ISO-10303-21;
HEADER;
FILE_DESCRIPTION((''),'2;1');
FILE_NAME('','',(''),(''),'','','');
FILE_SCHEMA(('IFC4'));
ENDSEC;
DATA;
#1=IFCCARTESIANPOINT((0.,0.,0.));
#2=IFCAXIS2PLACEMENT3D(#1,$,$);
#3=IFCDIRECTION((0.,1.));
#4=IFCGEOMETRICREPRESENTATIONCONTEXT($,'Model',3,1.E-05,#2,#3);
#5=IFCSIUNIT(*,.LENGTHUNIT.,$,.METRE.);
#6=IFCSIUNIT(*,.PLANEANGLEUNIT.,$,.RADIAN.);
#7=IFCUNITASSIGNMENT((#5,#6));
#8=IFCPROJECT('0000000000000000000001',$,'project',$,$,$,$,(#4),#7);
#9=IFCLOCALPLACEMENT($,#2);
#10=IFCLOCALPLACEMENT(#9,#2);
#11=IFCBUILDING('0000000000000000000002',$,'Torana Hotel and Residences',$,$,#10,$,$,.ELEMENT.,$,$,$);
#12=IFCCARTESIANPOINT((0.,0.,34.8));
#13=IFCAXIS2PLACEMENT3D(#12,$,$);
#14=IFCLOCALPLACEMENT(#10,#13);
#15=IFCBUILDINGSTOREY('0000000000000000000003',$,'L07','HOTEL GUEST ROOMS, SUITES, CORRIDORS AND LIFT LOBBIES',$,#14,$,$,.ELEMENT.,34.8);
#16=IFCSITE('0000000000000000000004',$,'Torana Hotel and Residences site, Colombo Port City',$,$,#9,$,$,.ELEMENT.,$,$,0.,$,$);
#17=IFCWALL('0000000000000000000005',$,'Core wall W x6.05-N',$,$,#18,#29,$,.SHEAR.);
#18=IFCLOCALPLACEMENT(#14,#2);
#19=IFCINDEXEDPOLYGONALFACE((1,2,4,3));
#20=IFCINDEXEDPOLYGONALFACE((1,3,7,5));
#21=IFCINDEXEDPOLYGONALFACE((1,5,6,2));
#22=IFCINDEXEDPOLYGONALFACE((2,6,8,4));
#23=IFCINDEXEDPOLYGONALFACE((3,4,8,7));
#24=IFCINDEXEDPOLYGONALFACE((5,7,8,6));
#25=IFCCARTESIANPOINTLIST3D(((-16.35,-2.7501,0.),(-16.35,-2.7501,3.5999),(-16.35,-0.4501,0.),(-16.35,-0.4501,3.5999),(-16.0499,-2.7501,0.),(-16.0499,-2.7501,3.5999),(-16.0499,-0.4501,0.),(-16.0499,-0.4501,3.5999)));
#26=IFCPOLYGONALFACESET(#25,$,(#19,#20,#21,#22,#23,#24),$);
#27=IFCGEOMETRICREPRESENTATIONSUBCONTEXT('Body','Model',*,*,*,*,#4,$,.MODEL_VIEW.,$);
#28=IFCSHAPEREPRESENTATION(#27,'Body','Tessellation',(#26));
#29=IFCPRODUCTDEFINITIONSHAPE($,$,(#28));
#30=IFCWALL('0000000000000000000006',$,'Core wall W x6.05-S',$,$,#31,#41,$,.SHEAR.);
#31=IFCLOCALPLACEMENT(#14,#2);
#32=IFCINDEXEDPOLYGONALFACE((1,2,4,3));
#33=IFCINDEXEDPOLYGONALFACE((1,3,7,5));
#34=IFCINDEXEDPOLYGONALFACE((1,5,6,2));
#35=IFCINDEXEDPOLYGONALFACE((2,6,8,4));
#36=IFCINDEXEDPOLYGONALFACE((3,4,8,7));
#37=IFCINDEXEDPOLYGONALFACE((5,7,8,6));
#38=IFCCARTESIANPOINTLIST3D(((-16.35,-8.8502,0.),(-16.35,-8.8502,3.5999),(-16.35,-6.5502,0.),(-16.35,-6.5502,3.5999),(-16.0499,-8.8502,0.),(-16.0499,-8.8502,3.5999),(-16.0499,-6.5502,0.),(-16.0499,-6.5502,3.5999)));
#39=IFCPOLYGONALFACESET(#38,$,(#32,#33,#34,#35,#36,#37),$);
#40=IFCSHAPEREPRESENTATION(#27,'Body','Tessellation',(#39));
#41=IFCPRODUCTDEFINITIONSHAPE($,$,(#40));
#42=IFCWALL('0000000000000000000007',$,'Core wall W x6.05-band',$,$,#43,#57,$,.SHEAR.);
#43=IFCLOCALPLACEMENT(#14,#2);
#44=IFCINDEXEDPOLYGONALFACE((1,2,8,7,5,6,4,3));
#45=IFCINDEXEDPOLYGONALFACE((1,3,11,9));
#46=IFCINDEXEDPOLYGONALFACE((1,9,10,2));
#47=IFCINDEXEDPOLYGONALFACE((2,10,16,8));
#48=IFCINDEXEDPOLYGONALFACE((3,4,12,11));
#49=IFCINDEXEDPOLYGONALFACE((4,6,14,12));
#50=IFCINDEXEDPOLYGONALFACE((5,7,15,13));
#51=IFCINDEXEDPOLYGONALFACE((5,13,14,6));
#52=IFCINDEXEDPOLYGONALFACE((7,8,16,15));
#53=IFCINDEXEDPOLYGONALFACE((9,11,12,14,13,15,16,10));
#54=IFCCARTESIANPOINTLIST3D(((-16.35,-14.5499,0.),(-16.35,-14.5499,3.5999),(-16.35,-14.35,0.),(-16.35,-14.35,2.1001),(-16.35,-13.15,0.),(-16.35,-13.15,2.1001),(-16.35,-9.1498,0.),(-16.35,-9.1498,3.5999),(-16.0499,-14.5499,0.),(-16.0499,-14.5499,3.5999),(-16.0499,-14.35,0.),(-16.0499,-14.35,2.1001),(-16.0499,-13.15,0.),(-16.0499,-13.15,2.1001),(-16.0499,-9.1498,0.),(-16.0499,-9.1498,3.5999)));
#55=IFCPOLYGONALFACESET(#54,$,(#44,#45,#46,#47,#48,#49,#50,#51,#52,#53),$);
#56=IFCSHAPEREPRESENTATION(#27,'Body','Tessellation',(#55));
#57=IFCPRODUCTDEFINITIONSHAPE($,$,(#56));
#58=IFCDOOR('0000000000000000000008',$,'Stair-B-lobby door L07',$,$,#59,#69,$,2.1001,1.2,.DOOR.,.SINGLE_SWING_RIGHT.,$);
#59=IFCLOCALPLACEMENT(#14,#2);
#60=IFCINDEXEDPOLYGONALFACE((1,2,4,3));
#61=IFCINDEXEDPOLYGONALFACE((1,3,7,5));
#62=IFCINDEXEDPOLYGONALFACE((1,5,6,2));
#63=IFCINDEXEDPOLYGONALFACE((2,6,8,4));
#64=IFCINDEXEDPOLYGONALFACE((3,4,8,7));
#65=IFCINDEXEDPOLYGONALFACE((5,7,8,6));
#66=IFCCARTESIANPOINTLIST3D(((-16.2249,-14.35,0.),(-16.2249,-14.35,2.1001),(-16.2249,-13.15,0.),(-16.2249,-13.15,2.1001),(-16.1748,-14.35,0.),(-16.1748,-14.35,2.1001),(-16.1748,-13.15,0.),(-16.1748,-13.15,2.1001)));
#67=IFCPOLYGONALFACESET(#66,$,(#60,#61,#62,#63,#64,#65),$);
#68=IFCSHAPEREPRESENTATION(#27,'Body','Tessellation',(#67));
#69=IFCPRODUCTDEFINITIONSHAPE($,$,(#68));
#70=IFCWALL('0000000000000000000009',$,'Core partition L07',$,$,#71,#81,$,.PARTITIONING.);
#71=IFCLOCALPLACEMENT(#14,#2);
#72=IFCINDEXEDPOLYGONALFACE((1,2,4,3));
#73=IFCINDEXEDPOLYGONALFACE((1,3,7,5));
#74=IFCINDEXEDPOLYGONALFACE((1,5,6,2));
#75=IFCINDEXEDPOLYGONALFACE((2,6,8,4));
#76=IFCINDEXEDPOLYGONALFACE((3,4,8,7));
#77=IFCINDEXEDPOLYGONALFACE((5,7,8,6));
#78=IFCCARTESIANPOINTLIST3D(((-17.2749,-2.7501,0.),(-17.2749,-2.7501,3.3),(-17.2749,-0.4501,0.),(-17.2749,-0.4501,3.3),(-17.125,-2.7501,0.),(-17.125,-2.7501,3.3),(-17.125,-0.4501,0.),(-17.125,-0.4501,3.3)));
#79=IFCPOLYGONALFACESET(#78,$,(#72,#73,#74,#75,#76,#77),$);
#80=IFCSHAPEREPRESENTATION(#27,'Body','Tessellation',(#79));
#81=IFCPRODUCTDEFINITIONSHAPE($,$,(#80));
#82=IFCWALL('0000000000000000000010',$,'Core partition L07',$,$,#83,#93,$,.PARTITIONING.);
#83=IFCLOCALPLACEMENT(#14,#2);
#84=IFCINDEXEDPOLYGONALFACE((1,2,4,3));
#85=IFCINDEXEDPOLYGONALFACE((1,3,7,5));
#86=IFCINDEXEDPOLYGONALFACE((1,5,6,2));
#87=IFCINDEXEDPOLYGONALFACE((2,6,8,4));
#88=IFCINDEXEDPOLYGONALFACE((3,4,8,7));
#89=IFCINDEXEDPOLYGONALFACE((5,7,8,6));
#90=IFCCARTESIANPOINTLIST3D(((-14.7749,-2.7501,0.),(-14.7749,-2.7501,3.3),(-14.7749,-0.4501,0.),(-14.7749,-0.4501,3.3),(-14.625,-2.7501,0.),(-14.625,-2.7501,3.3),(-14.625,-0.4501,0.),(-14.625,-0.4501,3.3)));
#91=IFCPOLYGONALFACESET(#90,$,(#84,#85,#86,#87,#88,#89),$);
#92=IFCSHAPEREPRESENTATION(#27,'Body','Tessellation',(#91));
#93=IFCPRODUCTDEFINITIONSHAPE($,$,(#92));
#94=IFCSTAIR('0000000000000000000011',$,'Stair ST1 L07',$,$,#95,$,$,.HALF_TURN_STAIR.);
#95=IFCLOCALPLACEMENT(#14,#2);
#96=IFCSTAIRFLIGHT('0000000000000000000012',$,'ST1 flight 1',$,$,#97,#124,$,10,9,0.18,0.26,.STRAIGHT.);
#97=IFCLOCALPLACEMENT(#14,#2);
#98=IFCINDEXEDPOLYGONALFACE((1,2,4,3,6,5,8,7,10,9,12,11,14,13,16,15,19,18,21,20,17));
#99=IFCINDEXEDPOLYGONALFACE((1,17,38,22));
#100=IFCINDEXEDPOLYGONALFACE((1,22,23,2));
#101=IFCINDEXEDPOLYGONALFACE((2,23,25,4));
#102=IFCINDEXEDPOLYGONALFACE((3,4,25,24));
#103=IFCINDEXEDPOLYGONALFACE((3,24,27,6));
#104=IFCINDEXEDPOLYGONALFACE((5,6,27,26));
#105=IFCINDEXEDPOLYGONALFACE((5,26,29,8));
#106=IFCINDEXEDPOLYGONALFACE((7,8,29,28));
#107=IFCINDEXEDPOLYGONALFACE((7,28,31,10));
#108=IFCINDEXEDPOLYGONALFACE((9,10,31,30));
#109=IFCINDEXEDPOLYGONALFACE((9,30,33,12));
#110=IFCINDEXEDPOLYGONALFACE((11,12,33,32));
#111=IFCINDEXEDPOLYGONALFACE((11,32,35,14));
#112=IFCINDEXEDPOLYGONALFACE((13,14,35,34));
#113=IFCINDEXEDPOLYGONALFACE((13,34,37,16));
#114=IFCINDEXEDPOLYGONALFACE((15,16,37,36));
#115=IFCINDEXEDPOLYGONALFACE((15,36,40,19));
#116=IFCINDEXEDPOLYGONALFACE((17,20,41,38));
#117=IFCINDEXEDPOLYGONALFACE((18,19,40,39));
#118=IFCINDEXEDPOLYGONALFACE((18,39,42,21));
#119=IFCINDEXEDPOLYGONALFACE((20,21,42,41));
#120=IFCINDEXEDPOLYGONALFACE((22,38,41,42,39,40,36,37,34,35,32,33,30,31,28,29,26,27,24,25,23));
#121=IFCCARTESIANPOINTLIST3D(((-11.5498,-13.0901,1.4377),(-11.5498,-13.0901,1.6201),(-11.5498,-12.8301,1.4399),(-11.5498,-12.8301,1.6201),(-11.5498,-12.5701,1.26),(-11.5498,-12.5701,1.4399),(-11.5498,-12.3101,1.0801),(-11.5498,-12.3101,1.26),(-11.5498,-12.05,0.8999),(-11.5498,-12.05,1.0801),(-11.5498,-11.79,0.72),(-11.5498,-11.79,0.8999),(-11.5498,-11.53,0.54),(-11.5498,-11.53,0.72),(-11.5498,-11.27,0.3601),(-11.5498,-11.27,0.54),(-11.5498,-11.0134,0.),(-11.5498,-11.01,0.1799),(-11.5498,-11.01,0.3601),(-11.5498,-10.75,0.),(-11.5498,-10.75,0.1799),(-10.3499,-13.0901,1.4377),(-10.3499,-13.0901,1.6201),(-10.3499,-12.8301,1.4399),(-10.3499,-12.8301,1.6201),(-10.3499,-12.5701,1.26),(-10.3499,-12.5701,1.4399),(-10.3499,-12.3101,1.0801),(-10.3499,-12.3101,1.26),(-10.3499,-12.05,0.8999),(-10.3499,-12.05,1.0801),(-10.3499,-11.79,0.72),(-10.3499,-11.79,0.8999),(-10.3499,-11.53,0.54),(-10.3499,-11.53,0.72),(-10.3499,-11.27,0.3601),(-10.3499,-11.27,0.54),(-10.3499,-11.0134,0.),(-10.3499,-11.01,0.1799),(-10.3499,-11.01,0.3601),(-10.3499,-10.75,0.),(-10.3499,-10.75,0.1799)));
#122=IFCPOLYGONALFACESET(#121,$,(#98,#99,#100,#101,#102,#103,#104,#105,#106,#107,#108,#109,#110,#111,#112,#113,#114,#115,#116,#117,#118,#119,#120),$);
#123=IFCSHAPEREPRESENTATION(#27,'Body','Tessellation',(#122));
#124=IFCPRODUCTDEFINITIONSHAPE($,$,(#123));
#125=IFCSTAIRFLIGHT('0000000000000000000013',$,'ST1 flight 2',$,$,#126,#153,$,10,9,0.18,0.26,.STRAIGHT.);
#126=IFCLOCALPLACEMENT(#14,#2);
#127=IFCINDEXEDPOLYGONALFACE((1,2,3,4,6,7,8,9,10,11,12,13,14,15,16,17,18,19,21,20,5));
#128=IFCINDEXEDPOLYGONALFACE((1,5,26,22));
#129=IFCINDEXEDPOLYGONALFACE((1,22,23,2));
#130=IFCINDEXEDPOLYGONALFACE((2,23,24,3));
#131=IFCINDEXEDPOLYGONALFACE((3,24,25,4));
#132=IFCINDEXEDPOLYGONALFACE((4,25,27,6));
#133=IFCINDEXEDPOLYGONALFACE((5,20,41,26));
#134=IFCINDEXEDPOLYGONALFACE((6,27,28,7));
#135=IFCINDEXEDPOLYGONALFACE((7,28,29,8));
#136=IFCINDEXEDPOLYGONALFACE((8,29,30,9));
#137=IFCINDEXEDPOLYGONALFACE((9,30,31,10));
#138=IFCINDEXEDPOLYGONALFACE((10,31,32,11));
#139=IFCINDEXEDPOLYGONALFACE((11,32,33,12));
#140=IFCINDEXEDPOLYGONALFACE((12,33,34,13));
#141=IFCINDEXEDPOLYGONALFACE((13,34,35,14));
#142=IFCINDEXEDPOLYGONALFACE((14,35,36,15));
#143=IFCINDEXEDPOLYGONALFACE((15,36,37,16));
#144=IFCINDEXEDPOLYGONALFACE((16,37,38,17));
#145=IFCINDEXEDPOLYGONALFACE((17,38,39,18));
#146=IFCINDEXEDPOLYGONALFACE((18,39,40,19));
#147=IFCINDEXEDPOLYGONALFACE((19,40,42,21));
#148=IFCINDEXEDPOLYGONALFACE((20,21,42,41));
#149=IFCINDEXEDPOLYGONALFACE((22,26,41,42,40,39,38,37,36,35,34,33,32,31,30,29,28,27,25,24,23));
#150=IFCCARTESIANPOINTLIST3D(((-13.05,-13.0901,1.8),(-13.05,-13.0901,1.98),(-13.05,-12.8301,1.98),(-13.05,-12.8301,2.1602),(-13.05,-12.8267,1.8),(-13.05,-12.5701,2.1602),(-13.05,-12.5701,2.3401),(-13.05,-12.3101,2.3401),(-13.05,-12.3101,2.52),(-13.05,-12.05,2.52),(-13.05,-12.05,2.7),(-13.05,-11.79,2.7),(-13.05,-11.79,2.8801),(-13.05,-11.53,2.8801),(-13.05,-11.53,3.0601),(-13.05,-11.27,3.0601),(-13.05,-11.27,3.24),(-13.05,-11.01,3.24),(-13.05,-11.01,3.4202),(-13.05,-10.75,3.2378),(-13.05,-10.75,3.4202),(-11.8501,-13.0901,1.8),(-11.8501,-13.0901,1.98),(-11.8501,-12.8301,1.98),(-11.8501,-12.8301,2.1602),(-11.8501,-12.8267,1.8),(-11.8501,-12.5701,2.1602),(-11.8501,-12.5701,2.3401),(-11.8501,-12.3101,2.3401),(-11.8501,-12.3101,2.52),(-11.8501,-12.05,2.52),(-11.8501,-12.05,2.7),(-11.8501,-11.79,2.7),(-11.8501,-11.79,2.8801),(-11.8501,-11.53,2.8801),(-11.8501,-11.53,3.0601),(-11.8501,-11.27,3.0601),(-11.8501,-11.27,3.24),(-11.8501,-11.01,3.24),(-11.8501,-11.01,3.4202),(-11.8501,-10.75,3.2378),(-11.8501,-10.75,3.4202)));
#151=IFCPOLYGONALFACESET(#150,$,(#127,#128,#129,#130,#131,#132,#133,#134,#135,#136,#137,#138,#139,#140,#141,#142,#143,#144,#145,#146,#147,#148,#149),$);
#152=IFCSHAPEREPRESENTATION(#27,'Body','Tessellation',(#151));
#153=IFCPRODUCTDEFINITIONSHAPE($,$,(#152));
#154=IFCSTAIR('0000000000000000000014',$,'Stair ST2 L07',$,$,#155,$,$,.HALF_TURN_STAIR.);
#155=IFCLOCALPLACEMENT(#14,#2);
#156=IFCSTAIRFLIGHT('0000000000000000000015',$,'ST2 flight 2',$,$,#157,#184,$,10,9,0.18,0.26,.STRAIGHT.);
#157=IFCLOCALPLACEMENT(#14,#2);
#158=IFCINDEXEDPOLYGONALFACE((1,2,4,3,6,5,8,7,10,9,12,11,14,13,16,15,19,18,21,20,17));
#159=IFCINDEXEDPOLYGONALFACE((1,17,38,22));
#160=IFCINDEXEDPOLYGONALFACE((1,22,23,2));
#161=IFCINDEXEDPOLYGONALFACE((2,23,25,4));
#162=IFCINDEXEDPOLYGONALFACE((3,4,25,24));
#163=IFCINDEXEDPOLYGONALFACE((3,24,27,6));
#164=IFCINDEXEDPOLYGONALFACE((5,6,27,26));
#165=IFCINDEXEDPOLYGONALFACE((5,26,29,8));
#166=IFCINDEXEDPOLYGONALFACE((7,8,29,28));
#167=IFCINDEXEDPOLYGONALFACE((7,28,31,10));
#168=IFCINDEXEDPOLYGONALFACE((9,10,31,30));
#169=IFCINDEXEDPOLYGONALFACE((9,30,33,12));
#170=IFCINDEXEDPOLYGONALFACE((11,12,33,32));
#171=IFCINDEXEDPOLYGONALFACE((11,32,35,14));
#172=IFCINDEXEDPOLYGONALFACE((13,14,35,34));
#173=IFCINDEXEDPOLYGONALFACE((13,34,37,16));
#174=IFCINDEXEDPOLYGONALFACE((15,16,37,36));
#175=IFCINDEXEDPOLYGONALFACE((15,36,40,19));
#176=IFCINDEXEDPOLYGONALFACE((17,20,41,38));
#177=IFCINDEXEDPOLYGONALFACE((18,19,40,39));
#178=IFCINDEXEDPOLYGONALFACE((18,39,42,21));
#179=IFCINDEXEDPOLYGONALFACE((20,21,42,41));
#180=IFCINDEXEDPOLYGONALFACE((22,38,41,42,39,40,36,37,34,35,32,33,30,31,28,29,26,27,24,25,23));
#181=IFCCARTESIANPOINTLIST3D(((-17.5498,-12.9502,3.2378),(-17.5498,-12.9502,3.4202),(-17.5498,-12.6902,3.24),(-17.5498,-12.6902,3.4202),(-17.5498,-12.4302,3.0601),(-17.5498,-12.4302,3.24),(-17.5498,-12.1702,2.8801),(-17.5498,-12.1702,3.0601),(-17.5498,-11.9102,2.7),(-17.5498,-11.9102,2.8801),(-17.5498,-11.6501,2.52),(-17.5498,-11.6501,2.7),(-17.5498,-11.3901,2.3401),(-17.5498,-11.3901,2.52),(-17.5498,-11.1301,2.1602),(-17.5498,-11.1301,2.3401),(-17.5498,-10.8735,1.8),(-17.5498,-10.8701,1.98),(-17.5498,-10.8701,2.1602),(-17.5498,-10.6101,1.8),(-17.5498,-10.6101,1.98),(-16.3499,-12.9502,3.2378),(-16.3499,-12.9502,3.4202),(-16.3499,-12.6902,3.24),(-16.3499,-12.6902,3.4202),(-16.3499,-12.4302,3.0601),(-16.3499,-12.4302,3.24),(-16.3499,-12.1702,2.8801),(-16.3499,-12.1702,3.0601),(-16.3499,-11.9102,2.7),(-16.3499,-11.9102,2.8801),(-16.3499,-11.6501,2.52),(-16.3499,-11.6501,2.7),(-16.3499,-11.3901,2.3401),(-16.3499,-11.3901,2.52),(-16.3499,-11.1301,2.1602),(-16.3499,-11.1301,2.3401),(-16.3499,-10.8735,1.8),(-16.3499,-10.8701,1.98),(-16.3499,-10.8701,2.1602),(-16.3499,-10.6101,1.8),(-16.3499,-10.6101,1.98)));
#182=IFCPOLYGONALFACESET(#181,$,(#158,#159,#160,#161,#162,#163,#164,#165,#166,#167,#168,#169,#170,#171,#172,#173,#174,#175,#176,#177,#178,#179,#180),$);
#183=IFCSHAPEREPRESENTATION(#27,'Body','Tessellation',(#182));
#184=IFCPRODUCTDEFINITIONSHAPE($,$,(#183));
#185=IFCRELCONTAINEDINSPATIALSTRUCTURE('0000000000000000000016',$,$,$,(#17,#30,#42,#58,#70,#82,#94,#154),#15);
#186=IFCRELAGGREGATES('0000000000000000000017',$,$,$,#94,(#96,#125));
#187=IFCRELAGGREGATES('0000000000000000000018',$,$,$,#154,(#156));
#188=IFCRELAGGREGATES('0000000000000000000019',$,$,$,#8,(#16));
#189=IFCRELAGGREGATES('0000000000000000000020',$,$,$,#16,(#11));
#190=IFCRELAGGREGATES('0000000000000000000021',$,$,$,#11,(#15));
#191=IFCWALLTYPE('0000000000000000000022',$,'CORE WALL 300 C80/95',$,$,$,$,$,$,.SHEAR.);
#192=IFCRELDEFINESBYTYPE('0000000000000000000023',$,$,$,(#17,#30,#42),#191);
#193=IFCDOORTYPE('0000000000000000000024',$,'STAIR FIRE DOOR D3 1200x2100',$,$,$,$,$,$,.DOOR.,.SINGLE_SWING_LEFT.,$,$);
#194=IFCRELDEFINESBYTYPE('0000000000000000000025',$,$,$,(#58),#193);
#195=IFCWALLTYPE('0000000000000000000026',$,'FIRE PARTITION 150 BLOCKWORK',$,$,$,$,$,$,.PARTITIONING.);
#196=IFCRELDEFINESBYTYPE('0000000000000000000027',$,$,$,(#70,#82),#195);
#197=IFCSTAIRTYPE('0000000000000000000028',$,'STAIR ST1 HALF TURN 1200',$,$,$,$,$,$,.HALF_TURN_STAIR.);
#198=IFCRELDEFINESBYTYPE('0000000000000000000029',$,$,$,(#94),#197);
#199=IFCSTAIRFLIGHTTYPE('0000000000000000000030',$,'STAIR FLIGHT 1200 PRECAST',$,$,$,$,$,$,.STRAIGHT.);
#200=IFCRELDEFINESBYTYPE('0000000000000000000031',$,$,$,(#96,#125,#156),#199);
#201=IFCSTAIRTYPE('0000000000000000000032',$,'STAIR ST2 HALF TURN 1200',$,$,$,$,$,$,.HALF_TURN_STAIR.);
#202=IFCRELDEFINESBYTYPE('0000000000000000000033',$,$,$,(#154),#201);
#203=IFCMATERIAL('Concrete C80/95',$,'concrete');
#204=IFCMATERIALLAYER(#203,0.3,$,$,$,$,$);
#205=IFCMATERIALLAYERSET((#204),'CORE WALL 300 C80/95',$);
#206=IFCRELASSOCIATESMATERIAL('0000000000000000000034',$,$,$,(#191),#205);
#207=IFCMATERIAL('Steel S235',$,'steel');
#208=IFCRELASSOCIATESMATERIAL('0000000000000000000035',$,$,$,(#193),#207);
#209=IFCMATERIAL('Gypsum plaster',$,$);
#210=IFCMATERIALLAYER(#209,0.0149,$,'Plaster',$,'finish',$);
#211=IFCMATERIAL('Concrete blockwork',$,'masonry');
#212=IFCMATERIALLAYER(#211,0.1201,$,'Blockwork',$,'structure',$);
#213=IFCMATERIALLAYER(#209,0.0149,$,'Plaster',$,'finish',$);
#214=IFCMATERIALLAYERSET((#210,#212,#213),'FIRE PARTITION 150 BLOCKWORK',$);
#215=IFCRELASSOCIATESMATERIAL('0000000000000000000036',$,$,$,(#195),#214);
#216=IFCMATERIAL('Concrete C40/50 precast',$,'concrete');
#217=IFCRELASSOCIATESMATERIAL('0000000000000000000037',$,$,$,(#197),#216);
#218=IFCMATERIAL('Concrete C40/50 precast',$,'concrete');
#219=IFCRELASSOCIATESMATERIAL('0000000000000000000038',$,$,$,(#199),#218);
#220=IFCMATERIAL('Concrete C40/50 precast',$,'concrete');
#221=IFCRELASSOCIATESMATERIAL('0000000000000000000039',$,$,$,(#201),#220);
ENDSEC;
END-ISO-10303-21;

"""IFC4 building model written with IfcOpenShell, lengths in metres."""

from ifc_helpers import new_model, si_unit, direction, frame, frame_2d, origin, place, context, subcontext, project, spatial, polyline, rectangle, outline, extrude, material, layer, layer_set, type_object, element, fill, aggregate, save


model = new_model("IFC4")

# Units and contexts
model_context = context("Model", 3, precision=1e-05, world=origin(), true_north=direction((0.0, 1.0)))
body_context = subcontext(model_context, "Body", "Model", "MODEL_VIEW")
ifc_project = project(units=[si_unit("LENGTHUNIT", "METRE"), si_unit("PLANEANGLEUNIT", "RADIAN")], contexts=[model_context])

# Site, building, storey
site_placement = place(None, origin())
site = spatial("IfcSite", under=ifc_project, at=site_placement, Name="Torana Hotel and Residences site, Colombo Port City", CompositionType="ELEMENT", RefElevation=0.0)
building_placement = place(site_placement, origin())
building = spatial("IfcBuilding", under=site, at=building_placement, Name="Torana Hotel and Residences", CompositionType="ELEMENT")
storey_placement = place(building_placement, frame((0.0, 0.0, 34.8)))
storey = spatial("IfcBuildingStorey", under=building, at=storey_placement, Name="L07", Description="HOTEL GUEST ROOMS, SUITES, CORRIDORS AND LIFT LOBBIES", CompositionType="ELEMENT", Elevation=34.8)

# Shared definitions
ifc_material_1 = material(Name="Concrete C80/95", Category="concrete")
ifc_layer_1 = layer(ifc_material_1, 0.3)
ifc_layer_set_1 = layer_set([ifc_layer_1], Name="CORE WALL 300 C80/95")
wall_type_1 = type_object("IfcWallType", Name="CORE WALL 300 C80/95", PredefinedType="SHEAR", material=ifc_layer_set_1)

# Shared definitions
ifc_material_2 = material(Name="Steel S235", Category="steel")
door_type_1 = type_object("IfcDoorType", Name="STAIR FIRE DOOR D3 1200x2100", OperationType="SINGLE_SWING_LEFT", PredefinedType="DOOR", material=ifc_material_2)

# Walls
for number, where, z_axis, x_axis, name in (
    (1, (-16.2, -2.75, 0.0), (0.0, 0.0, 1.0), (0.0, 1.0, 0.0), "Core wall W x6.05-N"),
    (2, (-16.2, -8.8501, 0.0), (0.0, 0.0, 1.0), (0.0, 1.0, 0.0), "Core wall W x6.05-S"),
):
    element("IfcWall", number, at=place(storey_placement, frame(where, z_axis=z_axis, x_axis=x_axis)), inside=storey, type_object=wall_type_1, Name=name, PredefinedType="SHEAR", context=body_context, shape_type="SweptSolid", body=[
        extrude(rectangle(XDim=2.3, YDim=0.3, at=frame_2d((1.1499, 0.0))), origin(), (0.0, 0.0, 1.0), 3.5999),
    ])

# Wall, opening, door
wall_1_placement = place(storey_placement, frame((-16.2, -14.55, 0.0), z_axis=(0.0, 0.0, 1.0), x_axis=(0.0, 1.0, 0.0)))
wall_1 = element("IfcWall", 3, at=wall_1_placement, inside=storey, type_object=wall_type_1, Name="Core wall W x6.05-band", PredefinedType="SHEAR", context=body_context, shape_type="SweptSolid", body=[
    extrude(rectangle(XDim=5.4001, YDim=0.3, at=frame_2d((2.7002, 0.0))), origin(), (0.0, 0.0, 1.0), 3.5999),
])
opening_1_placement = place(wall_1_placement, frame((0.2, 0.0, 0.0)))
opening_1 = element("IfcOpeningElement", 4, at=opening_1_placement, cuts=wall_1, PredefinedType="OPENING", context=body_context, shape_type="SweptSolid", body=[
    extrude(rectangle(XDim=1.2, YDim=2.1001, at=frame_2d((0.6001, 1.05))), frame((0.0, 0.1599, 0.0), z_axis=(0.0, -1.0, 0.0), x_axis=(1.0, 0.0, 0.0)), (0.0, 0.0, 1.0), 0.3201),
])
door_1_placement = place(opening_1_placement, origin())
door_1 = element("IfcDoor", 5, at=door_1_placement, inside=storey, type_object=door_type_1, Name="Stair-B-lobby door L07", OperationType="SINGLE_SWING_RIGHT", OverallHeight=2.1001, OverallWidth=1.2, PredefinedType="DOOR", context=body_context, shape_type="SweptSolid", body=[
    extrude(rectangle(XDim=1.2, YDim=2.1001, at=frame_2d((0.6001, 1.05))), frame((0.0, 0.0249, 0.0), z_axis=(0.0, -1.0, 0.0), x_axis=(1.0, 0.0, 0.0)), (0.0, 0.0, 1.0), 0.05),
])
fill(opening_1, door_1)

# Walls
ifc_material_3 = material(Name="Gypsum plaster")
ifc_layer_2 = layer(ifc_material_3, 0.0149, Name="Plaster", Category="finish")
ifc_material_4 = material(Name="Concrete blockwork", Category="masonry")
ifc_layer_3 = layer(ifc_material_4, 0.1201, Name="Blockwork", Category="structure")
ifc_layer_4 = layer(ifc_material_3, 0.0149, Name="Plaster", Category="finish")
ifc_layer_set_2 = layer_set([ifc_layer_2, ifc_layer_3, ifc_layer_4], Name="FIRE PARTITION 150 BLOCKWORK")
wall_type_2 = type_object("IfcWallType", Name="FIRE PARTITION 150 BLOCKWORK", PredefinedType="PARTITIONING", material=ifc_layer_set_2)
for number, where, z_axis, x_axis, name in (
    (6, (-17.2, -2.75, 0.0), (0.0, 0.0, 1.0), (0.0, 1.0, 0.0), "Core partition L07"),
    (7, (-14.7, -2.75, 0.0), (0.0, 0.0, 1.0), (0.0, 1.0, 0.0), "Core partition L07"),
):
    element("IfcWall", number, at=place(storey_placement, frame(where, z_axis=z_axis, x_axis=x_axis)), inside=storey, type_object=wall_type_2, Name=name, PredefinedType="PARTITIONING", context=body_context, shape_type="SweptSolid", body=[
        extrude(rectangle(XDim=2.3, YDim=0.1499, at=frame_2d((1.1499, 0.0))), origin(), (0.0, 0.0, 1.0), 3.3),
    ])

# Stair, stair flights
ifc_material_5 = material(Name="Concrete C40/50 precast", Category="concrete")
stair_type_1 = type_object("IfcStairType", Name="STAIR ST1 HALF TURN 1200", PredefinedType="HALF_TURN_STAIR", material=ifc_material_5)
stair_1_placement = place(storey_placement, origin())
stair_1 = element("IfcStair", 8, at=stair_1_placement, inside=storey, type_object=stair_type_1, Name="Stair ST1 L07", PredefinedType="HALF_TURN_STAIR")
ifc_material_6 = material(Name="Concrete C40/50 precast", Category="concrete")
stair_flight_type = type_object("IfcStairFlightType", Name="STAIR FLIGHT 1200 PRECAST", PredefinedType="STRAIGHT", material=ifc_material_6)
stair_flight_1_placement = place(storey_placement, frame((-10.95, -10.75, 0.0), z_axis=(0.0, 0.0, 1.0), x_axis=(0.0, -1.0, 0.0)))
stair_flight_1 = element("IfcStairFlight", 9, at=stair_flight_1_placement, type_object=stair_flight_type, Name="ST1 flight 1", NumberOfRisers=10, NumberOfTreads=9, PredefinedType="STRAIGHT", RiserHeight=0.18, TreadLength=0.26, context=body_context, shape_type="SweptSolid", body=[
    extrude(outline(polyline([(0.0, 0.0), (0.0, 0.1799), (0.26, 0.1799), (0.26, 0.3601), (0.52, 0.3601), (0.52, 0.54), (0.78, 0.54), (0.78, 0.72), (1.04, 0.72), (1.04, 0.8999), (1.3, 0.8999), (1.3, 1.0801), (1.5601, 1.0801), (1.5601, 1.26), (1.8201, 1.26), (1.8201, 1.4399), (2.0801, 1.4399), (2.0801, 1.6201), (2.3401, 1.6201), (2.3401, 1.8), (2.3401, 1.4377), (0.2634, 0.0), (0.0, 0.0)])), frame((0.0, 0.6001, 0.0), z_axis=(0.0, -1.0, 0.0), x_axis=(1.0, 0.0, 0.0)), (0.0, 0.0, 1.0), 1.2),
])
stair_flight_2_placement = place(storey_placement, frame((-12.45, -13.0901, 1.8), z_axis=(0.0, 0.0, 1.0), x_axis=(0.0, 1.0, 0.0)))
stair_flight_2 = element("IfcStairFlight", 10, at=stair_flight_2_placement, type_object=stair_flight_type, Name="ST1 flight 2", NumberOfRisers=10, NumberOfTreads=9, PredefinedType="STRAIGHT", RiserHeight=0.18, TreadLength=0.26, context=body_context, shape_type="SweptSolid", body=[
    extrude(outline(polyline([(0.0, 0.0), (0.0, 0.1799), (0.26, 0.1799), (0.26, 0.3601), (0.52, 0.3601), (0.52, 0.54), (0.78, 0.54), (0.78, 0.72), (1.04, 0.72), (1.04, 0.8999), (1.3, 0.8999), (1.3, 1.0801), (1.5601, 1.0801), (1.5601, 1.26), (1.8201, 1.26), (1.8201, 1.4399), (2.0801, 1.4399), (2.0801, 1.6201), (2.3401, 1.6201), (2.3401, 1.8), (2.3401, 1.4377), (0.2634, 0.0), (0.0, 0.0)])), frame((0.0, 0.6001, 0.0), z_axis=(0.0, -1.0, 0.0), x_axis=(1.0, 0.0, 0.0)), (0.0, 0.0, 1.0), 1.2),
])
aggregate(stair_1, [stair_flight_1, stair_flight_2])

# Stair, stair flight
ifc_material_7 = material(Name="Concrete C40/50 precast", Category="concrete")
stair_type_2 = type_object("IfcStairType", Name="STAIR ST2 HALF TURN 1200", PredefinedType="HALF_TURN_STAIR", material=ifc_material_7)
stair_2_placement = place(storey_placement, origin())
stair_2 = element("IfcStair", 11, at=stair_2_placement, inside=storey, type_object=stair_type_2, Name="Stair ST2 L07", PredefinedType="HALF_TURN_STAIR")
stair_flight_3_placement = place(storey_placement, frame((-16.95, -10.6101, 1.8), z_axis=(0.0, 0.0, 1.0), x_axis=(0.0, -1.0, 0.0)))
stair_flight_3 = element("IfcStairFlight", 12, at=stair_flight_3_placement, type_object=stair_flight_type, Name="ST2 flight 2", NumberOfRisers=10, NumberOfTreads=9, PredefinedType="STRAIGHT", RiserHeight=0.18, TreadLength=0.26, context=body_context, shape_type="SweptSolid", body=[
    extrude(outline(polyline([(0.0, 0.0), (0.0, 0.1799), (0.26, 0.1799), (0.26, 0.3601), (0.52, 0.3601), (0.52, 0.54), (0.78, 0.54), (0.78, 0.72), (1.04, 0.72), (1.04, 0.8999), (1.3, 0.8999), (1.3, 1.0801), (1.5601, 1.0801), (1.5601, 1.26), (1.8201, 1.26), (1.8201, 1.4399), (2.0801, 1.4399), (2.0801, 1.6201), (2.3401, 1.6201), (2.3401, 1.8), (2.3401, 1.4377), (0.2634, 0.0), (0.0, 0.0)])), frame((0.0, 0.6001, 0.0), z_axis=(0.0, -1.0, 0.0), x_axis=(1.0, 0.0, 0.0)), (0.0, 0.0, 1.0), 1.2),
])
aggregate(stair_2, [stair_flight_3])

save(model, "model.ifc")
